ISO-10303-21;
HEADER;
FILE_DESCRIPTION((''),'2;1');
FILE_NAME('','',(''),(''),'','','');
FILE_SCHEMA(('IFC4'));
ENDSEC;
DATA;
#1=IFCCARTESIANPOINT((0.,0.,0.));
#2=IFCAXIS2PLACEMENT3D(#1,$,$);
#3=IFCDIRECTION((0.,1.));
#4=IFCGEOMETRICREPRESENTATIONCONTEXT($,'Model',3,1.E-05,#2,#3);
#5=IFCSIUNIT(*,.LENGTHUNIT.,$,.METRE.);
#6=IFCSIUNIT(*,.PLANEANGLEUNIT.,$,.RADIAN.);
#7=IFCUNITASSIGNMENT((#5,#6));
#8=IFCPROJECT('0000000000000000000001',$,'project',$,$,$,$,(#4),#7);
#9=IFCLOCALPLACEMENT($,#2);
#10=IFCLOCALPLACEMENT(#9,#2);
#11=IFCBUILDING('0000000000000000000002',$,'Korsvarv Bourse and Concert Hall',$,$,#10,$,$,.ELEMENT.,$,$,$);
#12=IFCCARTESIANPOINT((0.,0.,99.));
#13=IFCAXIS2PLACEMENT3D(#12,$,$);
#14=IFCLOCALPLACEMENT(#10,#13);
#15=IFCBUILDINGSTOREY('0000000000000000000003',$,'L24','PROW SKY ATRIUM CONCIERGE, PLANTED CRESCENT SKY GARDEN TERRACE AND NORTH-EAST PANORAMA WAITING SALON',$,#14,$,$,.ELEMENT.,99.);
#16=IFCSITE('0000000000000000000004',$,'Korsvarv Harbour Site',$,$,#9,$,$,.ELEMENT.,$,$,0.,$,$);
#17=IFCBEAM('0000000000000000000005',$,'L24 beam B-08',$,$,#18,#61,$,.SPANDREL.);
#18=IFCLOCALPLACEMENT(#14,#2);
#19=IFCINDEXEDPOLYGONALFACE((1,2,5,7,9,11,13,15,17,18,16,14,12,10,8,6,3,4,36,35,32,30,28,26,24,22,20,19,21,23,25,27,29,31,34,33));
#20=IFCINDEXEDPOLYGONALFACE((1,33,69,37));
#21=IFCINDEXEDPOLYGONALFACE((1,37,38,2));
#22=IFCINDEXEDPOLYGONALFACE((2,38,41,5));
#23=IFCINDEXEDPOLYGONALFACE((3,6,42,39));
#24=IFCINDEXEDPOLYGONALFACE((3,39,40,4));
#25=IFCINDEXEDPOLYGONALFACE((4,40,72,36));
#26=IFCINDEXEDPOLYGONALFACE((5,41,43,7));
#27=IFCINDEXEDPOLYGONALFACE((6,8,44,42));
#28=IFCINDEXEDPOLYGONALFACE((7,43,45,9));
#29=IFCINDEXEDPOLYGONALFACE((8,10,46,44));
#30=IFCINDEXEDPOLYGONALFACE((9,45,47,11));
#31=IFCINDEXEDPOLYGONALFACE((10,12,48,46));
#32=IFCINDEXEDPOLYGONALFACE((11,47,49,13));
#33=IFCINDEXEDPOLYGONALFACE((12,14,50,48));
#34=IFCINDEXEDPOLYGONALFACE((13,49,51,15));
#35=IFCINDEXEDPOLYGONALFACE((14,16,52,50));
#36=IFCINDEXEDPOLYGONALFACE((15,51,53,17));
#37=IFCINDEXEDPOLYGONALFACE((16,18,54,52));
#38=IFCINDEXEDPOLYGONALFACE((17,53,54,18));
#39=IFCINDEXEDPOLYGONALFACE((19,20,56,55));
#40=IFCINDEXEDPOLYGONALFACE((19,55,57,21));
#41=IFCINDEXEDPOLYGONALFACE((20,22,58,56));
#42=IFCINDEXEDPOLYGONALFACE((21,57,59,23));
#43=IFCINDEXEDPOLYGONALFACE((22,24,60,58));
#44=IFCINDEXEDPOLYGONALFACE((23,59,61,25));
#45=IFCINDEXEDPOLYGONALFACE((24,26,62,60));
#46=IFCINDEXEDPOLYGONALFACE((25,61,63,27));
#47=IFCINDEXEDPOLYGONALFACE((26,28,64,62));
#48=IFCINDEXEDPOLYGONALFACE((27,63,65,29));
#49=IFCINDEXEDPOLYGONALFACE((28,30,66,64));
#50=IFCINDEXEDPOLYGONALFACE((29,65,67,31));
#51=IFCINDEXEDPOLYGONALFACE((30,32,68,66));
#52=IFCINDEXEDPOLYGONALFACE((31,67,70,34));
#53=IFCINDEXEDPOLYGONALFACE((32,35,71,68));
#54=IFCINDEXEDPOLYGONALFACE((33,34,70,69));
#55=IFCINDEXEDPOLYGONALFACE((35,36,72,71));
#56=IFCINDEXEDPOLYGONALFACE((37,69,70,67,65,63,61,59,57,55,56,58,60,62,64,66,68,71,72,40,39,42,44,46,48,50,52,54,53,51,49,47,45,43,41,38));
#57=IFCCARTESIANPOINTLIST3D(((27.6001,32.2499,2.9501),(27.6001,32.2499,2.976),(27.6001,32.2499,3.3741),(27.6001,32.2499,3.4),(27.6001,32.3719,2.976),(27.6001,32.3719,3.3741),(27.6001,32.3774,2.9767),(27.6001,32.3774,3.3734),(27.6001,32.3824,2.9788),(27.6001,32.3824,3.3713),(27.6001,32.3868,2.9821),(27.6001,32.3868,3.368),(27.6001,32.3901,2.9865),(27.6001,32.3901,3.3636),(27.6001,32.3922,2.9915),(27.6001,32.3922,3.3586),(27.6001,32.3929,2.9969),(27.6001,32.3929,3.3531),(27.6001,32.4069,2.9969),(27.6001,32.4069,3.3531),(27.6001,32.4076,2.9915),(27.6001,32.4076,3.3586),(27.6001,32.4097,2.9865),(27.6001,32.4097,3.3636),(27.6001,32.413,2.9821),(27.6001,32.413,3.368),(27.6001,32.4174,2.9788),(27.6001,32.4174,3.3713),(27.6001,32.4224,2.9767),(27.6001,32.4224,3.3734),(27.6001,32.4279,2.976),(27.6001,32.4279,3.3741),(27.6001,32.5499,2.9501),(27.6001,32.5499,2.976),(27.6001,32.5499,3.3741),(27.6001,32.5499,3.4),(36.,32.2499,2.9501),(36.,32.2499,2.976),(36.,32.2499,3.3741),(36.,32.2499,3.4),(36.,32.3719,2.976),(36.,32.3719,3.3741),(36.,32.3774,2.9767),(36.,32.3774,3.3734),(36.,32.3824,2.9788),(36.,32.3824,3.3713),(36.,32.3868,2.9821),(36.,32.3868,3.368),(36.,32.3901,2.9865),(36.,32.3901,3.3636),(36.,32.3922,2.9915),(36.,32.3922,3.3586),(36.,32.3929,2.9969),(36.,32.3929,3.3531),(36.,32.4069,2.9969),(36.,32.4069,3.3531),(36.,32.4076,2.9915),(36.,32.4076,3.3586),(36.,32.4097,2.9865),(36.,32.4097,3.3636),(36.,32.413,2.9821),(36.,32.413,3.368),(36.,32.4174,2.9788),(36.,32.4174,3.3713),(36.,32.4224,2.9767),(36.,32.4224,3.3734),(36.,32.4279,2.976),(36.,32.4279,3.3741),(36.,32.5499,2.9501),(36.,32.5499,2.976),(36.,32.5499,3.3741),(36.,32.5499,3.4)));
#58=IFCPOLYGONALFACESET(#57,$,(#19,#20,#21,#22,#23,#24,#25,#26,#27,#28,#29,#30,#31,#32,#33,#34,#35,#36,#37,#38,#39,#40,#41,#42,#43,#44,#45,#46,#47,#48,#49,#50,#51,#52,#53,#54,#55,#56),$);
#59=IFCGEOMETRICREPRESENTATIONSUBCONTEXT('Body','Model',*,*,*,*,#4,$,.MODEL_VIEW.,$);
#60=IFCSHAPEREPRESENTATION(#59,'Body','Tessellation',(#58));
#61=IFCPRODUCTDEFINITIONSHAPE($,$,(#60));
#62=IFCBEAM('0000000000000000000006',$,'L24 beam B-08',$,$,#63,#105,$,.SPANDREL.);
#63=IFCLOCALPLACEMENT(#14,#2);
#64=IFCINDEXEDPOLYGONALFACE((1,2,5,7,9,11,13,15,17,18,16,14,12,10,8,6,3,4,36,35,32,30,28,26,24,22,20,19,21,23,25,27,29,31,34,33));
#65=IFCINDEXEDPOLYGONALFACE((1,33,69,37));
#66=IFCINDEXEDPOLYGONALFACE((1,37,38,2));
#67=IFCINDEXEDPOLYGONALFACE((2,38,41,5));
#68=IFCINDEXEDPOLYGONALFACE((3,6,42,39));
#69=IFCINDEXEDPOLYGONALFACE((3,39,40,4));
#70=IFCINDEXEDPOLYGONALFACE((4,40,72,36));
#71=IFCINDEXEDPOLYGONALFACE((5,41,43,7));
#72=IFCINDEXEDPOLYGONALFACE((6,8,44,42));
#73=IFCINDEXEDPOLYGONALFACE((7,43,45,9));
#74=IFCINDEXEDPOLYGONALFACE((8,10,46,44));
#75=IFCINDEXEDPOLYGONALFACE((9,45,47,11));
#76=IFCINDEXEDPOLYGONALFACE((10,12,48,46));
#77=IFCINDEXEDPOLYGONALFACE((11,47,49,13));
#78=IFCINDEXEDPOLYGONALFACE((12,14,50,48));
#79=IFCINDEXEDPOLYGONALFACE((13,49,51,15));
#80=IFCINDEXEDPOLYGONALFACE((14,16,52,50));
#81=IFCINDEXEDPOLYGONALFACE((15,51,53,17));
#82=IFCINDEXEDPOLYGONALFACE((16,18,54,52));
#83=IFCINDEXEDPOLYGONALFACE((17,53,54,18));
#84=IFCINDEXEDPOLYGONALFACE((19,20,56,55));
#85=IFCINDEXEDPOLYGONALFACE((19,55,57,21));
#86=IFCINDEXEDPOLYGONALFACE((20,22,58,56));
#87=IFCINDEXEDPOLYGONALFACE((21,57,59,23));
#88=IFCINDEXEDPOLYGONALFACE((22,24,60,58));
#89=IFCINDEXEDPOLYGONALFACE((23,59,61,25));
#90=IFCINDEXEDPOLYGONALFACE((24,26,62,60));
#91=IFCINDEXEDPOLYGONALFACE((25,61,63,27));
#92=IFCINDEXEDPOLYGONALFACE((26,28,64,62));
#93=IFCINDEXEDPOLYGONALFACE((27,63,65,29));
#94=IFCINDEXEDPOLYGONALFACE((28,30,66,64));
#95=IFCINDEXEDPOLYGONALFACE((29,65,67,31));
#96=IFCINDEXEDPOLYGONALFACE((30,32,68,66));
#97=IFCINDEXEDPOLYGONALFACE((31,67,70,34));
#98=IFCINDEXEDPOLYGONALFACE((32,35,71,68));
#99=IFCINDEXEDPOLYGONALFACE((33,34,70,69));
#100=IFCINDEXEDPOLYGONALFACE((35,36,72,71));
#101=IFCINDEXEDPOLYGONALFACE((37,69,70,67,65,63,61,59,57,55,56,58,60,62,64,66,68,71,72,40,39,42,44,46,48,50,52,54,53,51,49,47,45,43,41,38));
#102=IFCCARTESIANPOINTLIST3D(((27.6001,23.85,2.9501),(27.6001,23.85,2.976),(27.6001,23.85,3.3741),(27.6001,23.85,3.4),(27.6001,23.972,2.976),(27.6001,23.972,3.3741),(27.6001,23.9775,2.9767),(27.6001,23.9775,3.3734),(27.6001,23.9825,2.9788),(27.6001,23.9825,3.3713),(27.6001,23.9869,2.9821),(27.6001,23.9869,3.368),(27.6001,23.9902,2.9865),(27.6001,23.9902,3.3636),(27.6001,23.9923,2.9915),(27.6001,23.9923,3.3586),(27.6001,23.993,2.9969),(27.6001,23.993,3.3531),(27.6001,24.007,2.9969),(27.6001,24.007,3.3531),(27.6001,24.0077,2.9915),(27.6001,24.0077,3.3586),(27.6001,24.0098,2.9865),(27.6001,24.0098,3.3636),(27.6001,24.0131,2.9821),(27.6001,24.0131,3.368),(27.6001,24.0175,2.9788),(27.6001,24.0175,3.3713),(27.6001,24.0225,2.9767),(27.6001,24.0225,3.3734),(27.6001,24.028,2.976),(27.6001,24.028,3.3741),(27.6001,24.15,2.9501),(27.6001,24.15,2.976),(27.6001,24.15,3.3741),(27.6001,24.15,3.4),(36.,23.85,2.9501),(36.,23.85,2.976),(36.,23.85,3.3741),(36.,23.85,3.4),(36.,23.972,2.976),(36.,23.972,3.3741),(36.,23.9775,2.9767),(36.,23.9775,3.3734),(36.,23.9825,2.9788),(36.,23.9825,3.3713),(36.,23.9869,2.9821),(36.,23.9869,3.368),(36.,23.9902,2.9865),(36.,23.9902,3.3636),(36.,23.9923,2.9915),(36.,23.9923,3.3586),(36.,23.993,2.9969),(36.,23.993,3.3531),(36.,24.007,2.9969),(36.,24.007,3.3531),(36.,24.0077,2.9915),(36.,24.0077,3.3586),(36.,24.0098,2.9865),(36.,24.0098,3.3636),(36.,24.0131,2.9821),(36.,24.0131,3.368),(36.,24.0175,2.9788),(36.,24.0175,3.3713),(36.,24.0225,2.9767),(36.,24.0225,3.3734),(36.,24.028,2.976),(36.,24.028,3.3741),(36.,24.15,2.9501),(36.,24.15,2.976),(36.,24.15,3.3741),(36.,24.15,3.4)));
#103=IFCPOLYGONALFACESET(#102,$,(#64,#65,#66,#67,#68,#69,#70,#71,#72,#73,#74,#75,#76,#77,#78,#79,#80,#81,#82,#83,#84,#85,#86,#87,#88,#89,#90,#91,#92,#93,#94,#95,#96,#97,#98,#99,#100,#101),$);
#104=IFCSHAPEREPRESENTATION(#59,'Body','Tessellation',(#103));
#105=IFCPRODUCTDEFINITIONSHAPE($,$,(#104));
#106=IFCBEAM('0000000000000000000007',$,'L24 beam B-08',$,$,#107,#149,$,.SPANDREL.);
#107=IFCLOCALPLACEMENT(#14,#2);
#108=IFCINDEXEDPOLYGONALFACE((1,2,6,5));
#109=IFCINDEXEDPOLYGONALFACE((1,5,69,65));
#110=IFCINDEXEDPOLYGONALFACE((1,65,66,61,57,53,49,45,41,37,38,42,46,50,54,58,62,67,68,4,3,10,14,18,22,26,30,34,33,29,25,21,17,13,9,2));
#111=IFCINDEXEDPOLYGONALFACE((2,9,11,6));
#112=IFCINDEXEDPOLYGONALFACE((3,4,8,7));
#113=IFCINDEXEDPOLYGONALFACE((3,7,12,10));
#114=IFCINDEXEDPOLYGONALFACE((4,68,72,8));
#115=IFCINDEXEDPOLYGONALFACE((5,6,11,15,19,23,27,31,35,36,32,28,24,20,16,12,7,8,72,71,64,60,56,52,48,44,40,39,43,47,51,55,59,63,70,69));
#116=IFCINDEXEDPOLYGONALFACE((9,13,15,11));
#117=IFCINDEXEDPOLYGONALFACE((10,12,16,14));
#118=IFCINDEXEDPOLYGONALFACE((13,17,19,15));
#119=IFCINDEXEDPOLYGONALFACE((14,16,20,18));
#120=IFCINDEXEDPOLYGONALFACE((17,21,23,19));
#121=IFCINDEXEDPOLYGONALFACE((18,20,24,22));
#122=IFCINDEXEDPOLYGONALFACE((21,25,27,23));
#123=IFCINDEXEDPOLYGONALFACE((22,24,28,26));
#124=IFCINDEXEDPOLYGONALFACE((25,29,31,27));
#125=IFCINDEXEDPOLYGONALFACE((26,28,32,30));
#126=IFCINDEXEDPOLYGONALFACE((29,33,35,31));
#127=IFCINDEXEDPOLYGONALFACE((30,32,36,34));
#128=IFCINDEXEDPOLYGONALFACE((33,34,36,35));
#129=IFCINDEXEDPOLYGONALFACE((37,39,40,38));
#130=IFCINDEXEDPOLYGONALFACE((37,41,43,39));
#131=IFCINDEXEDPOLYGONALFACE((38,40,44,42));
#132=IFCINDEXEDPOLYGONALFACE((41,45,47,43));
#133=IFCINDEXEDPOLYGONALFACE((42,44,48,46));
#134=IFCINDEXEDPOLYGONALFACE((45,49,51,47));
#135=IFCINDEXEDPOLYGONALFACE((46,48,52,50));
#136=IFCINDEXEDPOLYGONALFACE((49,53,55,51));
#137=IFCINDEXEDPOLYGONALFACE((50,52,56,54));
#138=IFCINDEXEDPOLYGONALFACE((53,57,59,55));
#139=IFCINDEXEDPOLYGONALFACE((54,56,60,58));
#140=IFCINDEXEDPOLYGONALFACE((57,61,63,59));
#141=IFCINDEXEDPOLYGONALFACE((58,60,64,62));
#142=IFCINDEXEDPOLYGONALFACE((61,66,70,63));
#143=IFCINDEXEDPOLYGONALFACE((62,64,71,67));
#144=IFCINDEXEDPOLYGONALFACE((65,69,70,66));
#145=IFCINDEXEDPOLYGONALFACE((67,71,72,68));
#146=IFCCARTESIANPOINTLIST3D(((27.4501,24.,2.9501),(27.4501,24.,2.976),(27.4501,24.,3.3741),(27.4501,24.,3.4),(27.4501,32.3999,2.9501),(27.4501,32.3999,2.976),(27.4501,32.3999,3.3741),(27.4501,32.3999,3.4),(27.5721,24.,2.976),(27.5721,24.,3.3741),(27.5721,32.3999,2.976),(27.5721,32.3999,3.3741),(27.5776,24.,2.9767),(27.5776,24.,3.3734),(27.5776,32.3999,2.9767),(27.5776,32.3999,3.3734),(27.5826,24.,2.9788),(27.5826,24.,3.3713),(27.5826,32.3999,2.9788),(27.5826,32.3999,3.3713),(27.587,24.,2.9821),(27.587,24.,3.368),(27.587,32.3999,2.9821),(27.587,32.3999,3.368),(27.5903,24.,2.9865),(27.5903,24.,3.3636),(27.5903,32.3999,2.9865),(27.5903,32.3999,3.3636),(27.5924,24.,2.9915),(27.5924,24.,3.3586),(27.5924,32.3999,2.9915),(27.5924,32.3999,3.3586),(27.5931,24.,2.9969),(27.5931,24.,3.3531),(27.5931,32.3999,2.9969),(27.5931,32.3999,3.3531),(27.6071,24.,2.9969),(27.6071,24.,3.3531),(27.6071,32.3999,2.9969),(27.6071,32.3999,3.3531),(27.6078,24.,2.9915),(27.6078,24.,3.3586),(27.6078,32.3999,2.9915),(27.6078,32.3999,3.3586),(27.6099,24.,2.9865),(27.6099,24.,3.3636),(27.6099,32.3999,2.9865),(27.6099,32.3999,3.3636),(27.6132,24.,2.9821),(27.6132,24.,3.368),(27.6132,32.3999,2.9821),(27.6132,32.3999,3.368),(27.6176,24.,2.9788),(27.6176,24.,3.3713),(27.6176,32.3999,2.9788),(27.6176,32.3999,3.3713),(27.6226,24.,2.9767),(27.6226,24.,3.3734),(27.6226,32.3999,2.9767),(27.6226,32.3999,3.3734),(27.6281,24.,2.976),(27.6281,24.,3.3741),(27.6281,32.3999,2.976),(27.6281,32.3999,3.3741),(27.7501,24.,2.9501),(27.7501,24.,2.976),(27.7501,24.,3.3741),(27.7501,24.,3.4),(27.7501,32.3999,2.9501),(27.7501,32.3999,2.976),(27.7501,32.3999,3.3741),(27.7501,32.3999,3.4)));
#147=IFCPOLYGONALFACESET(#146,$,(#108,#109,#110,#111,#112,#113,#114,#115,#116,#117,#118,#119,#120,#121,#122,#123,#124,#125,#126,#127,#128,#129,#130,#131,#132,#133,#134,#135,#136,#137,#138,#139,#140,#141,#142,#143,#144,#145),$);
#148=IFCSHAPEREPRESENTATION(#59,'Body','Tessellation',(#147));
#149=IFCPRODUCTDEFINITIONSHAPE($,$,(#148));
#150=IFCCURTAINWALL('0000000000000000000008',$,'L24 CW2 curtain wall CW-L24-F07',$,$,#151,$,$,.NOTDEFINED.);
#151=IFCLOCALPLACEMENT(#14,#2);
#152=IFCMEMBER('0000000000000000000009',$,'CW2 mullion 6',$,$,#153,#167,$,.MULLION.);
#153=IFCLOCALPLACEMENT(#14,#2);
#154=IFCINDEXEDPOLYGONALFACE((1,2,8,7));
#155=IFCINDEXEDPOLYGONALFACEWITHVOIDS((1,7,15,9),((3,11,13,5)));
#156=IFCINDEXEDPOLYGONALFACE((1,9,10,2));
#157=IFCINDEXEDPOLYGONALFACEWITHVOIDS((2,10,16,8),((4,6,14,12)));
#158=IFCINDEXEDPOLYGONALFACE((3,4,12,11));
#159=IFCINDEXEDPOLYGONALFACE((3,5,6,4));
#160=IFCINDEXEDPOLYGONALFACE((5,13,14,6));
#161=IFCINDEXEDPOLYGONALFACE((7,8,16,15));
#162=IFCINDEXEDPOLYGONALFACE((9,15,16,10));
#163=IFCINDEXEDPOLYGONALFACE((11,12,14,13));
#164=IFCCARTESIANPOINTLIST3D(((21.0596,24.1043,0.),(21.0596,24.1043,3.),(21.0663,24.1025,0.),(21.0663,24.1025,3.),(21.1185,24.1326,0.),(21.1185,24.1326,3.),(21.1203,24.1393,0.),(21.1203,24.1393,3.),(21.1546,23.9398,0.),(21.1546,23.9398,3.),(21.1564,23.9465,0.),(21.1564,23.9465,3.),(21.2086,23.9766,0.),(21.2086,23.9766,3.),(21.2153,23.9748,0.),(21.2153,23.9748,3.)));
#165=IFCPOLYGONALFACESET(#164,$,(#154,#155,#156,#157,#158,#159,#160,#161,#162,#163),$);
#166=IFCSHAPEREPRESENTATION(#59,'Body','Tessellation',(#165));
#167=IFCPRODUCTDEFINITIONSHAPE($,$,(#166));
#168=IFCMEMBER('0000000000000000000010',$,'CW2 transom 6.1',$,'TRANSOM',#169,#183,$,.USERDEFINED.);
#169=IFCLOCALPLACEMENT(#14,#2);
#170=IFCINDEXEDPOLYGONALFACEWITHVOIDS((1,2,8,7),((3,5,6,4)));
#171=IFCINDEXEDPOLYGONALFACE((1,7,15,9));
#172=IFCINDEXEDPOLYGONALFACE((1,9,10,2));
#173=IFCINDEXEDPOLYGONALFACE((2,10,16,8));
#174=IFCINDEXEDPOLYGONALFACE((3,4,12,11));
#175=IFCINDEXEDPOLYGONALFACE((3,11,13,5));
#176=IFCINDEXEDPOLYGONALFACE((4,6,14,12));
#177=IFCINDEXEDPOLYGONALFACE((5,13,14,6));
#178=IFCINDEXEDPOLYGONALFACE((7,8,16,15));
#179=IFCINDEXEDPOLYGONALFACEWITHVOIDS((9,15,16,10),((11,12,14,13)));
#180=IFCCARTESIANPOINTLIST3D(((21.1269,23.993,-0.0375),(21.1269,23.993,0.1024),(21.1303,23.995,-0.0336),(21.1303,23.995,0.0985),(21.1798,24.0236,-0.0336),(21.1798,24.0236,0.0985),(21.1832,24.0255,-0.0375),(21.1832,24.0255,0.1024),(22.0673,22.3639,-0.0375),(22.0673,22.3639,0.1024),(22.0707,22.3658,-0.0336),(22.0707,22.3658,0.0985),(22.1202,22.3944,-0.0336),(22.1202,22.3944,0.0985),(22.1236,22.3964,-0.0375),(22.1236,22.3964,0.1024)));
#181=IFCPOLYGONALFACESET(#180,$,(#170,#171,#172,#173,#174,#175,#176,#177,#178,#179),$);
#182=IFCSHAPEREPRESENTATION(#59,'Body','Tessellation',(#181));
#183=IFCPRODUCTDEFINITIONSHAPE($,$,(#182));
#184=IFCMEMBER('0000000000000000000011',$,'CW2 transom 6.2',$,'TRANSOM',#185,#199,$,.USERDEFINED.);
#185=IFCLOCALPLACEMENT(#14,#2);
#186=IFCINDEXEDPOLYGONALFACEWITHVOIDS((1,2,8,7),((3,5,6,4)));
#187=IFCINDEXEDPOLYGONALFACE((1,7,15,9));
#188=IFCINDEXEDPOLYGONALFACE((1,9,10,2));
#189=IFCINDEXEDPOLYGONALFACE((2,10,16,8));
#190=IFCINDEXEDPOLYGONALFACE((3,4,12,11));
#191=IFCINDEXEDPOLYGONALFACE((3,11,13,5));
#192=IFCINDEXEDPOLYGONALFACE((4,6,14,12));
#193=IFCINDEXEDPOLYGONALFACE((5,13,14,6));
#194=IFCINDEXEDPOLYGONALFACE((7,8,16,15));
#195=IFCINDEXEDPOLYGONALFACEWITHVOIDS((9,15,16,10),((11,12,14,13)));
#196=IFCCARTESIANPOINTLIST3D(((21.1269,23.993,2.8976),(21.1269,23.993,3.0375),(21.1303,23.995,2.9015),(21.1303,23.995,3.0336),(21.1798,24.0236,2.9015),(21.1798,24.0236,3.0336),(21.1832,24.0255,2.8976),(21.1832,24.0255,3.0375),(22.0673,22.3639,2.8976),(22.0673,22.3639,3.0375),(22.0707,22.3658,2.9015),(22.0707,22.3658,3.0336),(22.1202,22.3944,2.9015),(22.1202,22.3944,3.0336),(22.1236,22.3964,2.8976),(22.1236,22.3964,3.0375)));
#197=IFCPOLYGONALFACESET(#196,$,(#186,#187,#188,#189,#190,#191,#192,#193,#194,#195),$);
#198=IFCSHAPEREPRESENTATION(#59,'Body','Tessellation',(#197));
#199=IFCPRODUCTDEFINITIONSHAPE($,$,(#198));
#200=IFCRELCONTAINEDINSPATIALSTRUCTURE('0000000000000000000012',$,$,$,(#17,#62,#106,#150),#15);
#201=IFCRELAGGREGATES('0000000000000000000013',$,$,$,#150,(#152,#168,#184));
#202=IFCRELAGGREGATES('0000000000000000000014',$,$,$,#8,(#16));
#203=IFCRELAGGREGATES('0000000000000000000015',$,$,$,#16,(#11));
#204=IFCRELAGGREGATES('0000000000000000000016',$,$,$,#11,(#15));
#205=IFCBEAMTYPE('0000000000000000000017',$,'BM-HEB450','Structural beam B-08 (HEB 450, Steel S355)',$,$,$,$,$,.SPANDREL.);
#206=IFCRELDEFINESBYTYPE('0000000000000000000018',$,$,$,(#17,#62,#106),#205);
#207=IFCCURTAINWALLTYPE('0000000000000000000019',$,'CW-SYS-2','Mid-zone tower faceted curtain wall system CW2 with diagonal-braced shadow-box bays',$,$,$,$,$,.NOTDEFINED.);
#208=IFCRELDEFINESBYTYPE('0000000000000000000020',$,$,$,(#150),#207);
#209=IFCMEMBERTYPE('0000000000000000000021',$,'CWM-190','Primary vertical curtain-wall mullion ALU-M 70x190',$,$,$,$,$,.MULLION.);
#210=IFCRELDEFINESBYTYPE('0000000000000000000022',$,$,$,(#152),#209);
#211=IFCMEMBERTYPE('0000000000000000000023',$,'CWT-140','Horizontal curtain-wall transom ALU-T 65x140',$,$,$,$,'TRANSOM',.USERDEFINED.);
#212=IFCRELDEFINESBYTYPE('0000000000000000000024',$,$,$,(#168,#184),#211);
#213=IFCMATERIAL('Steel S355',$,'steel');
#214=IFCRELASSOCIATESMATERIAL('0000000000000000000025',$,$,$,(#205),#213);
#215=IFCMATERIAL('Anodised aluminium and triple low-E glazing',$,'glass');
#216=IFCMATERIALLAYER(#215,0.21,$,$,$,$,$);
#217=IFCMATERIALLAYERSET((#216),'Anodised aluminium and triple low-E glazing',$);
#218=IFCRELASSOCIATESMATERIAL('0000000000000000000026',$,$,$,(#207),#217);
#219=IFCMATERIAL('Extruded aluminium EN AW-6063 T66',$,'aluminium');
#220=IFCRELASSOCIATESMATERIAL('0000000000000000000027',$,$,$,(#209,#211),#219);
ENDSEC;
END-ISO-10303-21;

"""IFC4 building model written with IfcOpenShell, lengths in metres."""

from ifc_helpers import new_model, si_unit, direction, frame, origin, origin_2d, place, context, subcontext, project, spatial, hollow_rectangle, i_section, extrude, source, transform, mapped, material, layer, layer_set, material_profile, profile_set, type_object, element, aggregate, save


model = new_model("IFC4")

# Units and contexts
model_context = context("Model", 3, precision=1e-05, world=origin(), true_north=direction((0.0, 1.0)))
body_context = subcontext(model_context, "Body", "Model", "MODEL_VIEW")
ifc_project = project(units=[si_unit("LENGTHUNIT", "METRE"), si_unit("PLANEANGLEUNIT", "RADIAN")], contexts=[model_context])

# Site, building, storey
site_placement = place(None, origin())
site = spatial("IfcSite", under=ifc_project, at=site_placement, Name="Korsvarv Harbour Site", CompositionType="ELEMENT", RefElevation=0.0)
building_placement = place(site_placement, origin())
building = spatial("IfcBuilding", under=site, at=building_placement, Name="Korsvarv Bourse and Concert Hall", CompositionType="ELEMENT")
storey_placement = place(building_placement, frame((0.0, 0.0, 99.0)))
storey = spatial("IfcBuildingStorey", under=building, at=storey_placement, Name="L24", Description="PROW SKY ATRIUM CONCIERGE, PLANTED CRESCENT SKY GARDEN TERRACE AND NORTH-EAST PANORAMA WAITING SALON", CompositionType="ELEMENT", Elevation=99.0)

# Beams
ifc_material_1 = material(Name="Steel S355", Category="steel")
ifc_material_profile_1 = material_profile(ifc_material_1, i_section(OverallWidth=0.3, OverallDepth=0.45, WebThickness=0.0139, FlangeThickness=0.0259, FilletRadius=0.021, at=origin_2d()), Name="HEB 450")
ifc_profile_set_1 = profile_set([ifc_material_profile_1], Name="Steel S355")
beam_type_1 = type_object("IfcBeamType", Name="BM-HEB450", Description="Structural beam B-08 (HEB 450, Steel S355)", PredefinedType="SPANDREL", material=ifc_profile_set_1)
shared_shape_1 = source(origin(), body_context, "Body", "SweptSolid", [
    extrude(i_section(OverallWidth=0.3, OverallDepth=0.45, WebThickness=0.0139, FlangeThickness=0.0259, FilletRadius=0.021, at=origin_2d()), origin(), (0.0, 0.0, 1.0), 8.3999),
])
for number, where, z_axis, x_axis, name in (
    (1, (27.6001, 32.3999, 3.175), (1.0, 0.0, 0.0), (0.0, 1.0, 0.0), "L24 beam B-08"),
    (2, (27.6001, 24.0, 3.175), (1.0, 0.0, 0.0), (0.0, 1.0, 0.0), "L24 beam B-08"),
    (3, (27.6001, 24.0, 3.175), (0.0, 1.0, 0.0), (-1.0, 0.0, 0.0), "L24 beam B-08"),
):
    element("IfcBeam", number, at=place(storey_placement, frame(where, z_axis=z_axis, x_axis=x_axis)), inside=storey, type_object=beam_type_1, Name=name, PredefinedType="SPANDREL", context=body_context, shape_type="MappedRepresentation", body=[
        mapped(shared_shape_1, transform((0.0, 0.0, 0.0), scale=1.0)),
    ])

# Curtain wall, members
ifc_material_2 = material(Name="Anodised aluminium and triple low-E glazing", Category="glass")
ifc_layer_1 = layer(ifc_material_2, 0.21)
ifc_layer_set_1 = layer_set([ifc_layer_1], Name="Anodised aluminium and triple low-E glazing")
curtain_wall_type = type_object("IfcCurtainWallType", Name="CW-SYS-2", Description="Mid-zone tower faceted curtain wall system CW2 with diagonal-braced shadow-box bays", PredefinedType="NOTDEFINED", material=ifc_layer_set_1)
curtain_wall_placement = place(storey_placement, origin())
curtain_wall = element("IfcCurtainWall", 4, at=curtain_wall_placement, inside=storey, type_object=curtain_wall_type, Name="L24 CW2 curtain wall CW-L24-F07", PredefinedType="NOTDEFINED")
ifc_material_3 = material(Name="Extruded aluminium EN AW-6063 T66", Category="aluminium")
ifc_material_profile_2 = material_profile(ifc_material_3, hollow_rectangle(XDim=0.0701, YDim=0.1899, WallThickness=0.0049, at=origin_2d()), Name="ALU-M 70x190")
ifc_profile_set_2 = profile_set([ifc_material_profile_2], Name="Extruded aluminium EN AW-6063 T66")
member_type_1 = type_object("IfcMemberType", Name="CWM-190", Description="Primary vertical curtain-wall mullion ALU-M 70x190", PredefinedType="MULLION", material=ifc_profile_set_2)
shared_shape_2 = source(origin(), body_context, "Body", "SweptSolid", [
    extrude(hollow_rectangle(XDim=0.0701, YDim=0.1899, WallThickness=0.0049, at=origin_2d()), origin(), (0.0, 0.0, 1.0), 3.0),
])
member_1_placement = place(storey_placement, frame((21.1375, 24.0396, 0.0), z_axis=(0.0, 0.0, 1.0), x_axis=(0.866024, 0.500002, 0.0)))
member_1 = element("IfcMember", 5, at=member_1_placement, type_object=member_type_1, Name="CW2 mullion 6", PredefinedType="MULLION", context=body_context, shape_type="MappedRepresentation", body=[
    mapped(shared_shape_2, transform((0.0, 0.0, 0.0), scale=1.0)),
])
ifc_material_profile_3 = material_profile(ifc_material_3, hollow_rectangle(XDim=0.0649, YDim=0.1399, WallThickness=0.0039, at=origin_2d()), Name="ALU-T 65x140")
ifc_profile_set_3 = profile_set([ifc_material_profile_3], Name="Extruded aluminium EN AW-6063 T66")
member_type_2 = type_object("IfcMemberType", Name="CWT-140", Description="Horizontal curtain-wall transom ALU-T 65x140", ElementType="TRANSOM", PredefinedType="USERDEFINED", material=ifc_profile_set_3)
shared_shape_3 = source(origin(), body_context, "Body", "SweptSolid", [
    extrude(hollow_rectangle(XDim=0.0649, YDim=0.1399, WallThickness=0.0039, at=origin_2d()), origin(), (0.0, 0.0, 1.0), 1.8811),
])
member_2_placement = place(storey_placement, frame((21.155, 24.0093, 0.0325), z_axis=(0.499936, -0.866062, 0.0), x_axis=(0.866062, 0.499936, 0.0)))
member_2 = element("IfcMember", 6, at=member_2_placement, type_object=member_type_2, Name="CW2 transom 6.1", ObjectType="TRANSOM", PredefinedType="USERDEFINED", context=body_context, shape_type="MappedRepresentation", body=[
    mapped(shared_shape_3, transform((0.0, 0.0, 0.0), scale=1.0)),
])
member_3_placement = place(storey_placement, frame((21.155, 24.0093, 2.9675), z_axis=(0.499936, -0.866062, 0.0), x_axis=(0.866062, 0.499936, 0.0)))
member_3 = element("IfcMember", 7, at=member_3_placement, type_object=member_type_2, Name="CW2 transom 6.2", ObjectType="TRANSOM", PredefinedType="USERDEFINED", context=body_context, shape_type="MappedRepresentation", body=[
    mapped(shared_shape_3, transform((0.0, 0.0, 0.0), scale=1.0)),
])
aggregate(curtain_wall, [member_1, member_2, member_3])

save(model, "model.ifc")
